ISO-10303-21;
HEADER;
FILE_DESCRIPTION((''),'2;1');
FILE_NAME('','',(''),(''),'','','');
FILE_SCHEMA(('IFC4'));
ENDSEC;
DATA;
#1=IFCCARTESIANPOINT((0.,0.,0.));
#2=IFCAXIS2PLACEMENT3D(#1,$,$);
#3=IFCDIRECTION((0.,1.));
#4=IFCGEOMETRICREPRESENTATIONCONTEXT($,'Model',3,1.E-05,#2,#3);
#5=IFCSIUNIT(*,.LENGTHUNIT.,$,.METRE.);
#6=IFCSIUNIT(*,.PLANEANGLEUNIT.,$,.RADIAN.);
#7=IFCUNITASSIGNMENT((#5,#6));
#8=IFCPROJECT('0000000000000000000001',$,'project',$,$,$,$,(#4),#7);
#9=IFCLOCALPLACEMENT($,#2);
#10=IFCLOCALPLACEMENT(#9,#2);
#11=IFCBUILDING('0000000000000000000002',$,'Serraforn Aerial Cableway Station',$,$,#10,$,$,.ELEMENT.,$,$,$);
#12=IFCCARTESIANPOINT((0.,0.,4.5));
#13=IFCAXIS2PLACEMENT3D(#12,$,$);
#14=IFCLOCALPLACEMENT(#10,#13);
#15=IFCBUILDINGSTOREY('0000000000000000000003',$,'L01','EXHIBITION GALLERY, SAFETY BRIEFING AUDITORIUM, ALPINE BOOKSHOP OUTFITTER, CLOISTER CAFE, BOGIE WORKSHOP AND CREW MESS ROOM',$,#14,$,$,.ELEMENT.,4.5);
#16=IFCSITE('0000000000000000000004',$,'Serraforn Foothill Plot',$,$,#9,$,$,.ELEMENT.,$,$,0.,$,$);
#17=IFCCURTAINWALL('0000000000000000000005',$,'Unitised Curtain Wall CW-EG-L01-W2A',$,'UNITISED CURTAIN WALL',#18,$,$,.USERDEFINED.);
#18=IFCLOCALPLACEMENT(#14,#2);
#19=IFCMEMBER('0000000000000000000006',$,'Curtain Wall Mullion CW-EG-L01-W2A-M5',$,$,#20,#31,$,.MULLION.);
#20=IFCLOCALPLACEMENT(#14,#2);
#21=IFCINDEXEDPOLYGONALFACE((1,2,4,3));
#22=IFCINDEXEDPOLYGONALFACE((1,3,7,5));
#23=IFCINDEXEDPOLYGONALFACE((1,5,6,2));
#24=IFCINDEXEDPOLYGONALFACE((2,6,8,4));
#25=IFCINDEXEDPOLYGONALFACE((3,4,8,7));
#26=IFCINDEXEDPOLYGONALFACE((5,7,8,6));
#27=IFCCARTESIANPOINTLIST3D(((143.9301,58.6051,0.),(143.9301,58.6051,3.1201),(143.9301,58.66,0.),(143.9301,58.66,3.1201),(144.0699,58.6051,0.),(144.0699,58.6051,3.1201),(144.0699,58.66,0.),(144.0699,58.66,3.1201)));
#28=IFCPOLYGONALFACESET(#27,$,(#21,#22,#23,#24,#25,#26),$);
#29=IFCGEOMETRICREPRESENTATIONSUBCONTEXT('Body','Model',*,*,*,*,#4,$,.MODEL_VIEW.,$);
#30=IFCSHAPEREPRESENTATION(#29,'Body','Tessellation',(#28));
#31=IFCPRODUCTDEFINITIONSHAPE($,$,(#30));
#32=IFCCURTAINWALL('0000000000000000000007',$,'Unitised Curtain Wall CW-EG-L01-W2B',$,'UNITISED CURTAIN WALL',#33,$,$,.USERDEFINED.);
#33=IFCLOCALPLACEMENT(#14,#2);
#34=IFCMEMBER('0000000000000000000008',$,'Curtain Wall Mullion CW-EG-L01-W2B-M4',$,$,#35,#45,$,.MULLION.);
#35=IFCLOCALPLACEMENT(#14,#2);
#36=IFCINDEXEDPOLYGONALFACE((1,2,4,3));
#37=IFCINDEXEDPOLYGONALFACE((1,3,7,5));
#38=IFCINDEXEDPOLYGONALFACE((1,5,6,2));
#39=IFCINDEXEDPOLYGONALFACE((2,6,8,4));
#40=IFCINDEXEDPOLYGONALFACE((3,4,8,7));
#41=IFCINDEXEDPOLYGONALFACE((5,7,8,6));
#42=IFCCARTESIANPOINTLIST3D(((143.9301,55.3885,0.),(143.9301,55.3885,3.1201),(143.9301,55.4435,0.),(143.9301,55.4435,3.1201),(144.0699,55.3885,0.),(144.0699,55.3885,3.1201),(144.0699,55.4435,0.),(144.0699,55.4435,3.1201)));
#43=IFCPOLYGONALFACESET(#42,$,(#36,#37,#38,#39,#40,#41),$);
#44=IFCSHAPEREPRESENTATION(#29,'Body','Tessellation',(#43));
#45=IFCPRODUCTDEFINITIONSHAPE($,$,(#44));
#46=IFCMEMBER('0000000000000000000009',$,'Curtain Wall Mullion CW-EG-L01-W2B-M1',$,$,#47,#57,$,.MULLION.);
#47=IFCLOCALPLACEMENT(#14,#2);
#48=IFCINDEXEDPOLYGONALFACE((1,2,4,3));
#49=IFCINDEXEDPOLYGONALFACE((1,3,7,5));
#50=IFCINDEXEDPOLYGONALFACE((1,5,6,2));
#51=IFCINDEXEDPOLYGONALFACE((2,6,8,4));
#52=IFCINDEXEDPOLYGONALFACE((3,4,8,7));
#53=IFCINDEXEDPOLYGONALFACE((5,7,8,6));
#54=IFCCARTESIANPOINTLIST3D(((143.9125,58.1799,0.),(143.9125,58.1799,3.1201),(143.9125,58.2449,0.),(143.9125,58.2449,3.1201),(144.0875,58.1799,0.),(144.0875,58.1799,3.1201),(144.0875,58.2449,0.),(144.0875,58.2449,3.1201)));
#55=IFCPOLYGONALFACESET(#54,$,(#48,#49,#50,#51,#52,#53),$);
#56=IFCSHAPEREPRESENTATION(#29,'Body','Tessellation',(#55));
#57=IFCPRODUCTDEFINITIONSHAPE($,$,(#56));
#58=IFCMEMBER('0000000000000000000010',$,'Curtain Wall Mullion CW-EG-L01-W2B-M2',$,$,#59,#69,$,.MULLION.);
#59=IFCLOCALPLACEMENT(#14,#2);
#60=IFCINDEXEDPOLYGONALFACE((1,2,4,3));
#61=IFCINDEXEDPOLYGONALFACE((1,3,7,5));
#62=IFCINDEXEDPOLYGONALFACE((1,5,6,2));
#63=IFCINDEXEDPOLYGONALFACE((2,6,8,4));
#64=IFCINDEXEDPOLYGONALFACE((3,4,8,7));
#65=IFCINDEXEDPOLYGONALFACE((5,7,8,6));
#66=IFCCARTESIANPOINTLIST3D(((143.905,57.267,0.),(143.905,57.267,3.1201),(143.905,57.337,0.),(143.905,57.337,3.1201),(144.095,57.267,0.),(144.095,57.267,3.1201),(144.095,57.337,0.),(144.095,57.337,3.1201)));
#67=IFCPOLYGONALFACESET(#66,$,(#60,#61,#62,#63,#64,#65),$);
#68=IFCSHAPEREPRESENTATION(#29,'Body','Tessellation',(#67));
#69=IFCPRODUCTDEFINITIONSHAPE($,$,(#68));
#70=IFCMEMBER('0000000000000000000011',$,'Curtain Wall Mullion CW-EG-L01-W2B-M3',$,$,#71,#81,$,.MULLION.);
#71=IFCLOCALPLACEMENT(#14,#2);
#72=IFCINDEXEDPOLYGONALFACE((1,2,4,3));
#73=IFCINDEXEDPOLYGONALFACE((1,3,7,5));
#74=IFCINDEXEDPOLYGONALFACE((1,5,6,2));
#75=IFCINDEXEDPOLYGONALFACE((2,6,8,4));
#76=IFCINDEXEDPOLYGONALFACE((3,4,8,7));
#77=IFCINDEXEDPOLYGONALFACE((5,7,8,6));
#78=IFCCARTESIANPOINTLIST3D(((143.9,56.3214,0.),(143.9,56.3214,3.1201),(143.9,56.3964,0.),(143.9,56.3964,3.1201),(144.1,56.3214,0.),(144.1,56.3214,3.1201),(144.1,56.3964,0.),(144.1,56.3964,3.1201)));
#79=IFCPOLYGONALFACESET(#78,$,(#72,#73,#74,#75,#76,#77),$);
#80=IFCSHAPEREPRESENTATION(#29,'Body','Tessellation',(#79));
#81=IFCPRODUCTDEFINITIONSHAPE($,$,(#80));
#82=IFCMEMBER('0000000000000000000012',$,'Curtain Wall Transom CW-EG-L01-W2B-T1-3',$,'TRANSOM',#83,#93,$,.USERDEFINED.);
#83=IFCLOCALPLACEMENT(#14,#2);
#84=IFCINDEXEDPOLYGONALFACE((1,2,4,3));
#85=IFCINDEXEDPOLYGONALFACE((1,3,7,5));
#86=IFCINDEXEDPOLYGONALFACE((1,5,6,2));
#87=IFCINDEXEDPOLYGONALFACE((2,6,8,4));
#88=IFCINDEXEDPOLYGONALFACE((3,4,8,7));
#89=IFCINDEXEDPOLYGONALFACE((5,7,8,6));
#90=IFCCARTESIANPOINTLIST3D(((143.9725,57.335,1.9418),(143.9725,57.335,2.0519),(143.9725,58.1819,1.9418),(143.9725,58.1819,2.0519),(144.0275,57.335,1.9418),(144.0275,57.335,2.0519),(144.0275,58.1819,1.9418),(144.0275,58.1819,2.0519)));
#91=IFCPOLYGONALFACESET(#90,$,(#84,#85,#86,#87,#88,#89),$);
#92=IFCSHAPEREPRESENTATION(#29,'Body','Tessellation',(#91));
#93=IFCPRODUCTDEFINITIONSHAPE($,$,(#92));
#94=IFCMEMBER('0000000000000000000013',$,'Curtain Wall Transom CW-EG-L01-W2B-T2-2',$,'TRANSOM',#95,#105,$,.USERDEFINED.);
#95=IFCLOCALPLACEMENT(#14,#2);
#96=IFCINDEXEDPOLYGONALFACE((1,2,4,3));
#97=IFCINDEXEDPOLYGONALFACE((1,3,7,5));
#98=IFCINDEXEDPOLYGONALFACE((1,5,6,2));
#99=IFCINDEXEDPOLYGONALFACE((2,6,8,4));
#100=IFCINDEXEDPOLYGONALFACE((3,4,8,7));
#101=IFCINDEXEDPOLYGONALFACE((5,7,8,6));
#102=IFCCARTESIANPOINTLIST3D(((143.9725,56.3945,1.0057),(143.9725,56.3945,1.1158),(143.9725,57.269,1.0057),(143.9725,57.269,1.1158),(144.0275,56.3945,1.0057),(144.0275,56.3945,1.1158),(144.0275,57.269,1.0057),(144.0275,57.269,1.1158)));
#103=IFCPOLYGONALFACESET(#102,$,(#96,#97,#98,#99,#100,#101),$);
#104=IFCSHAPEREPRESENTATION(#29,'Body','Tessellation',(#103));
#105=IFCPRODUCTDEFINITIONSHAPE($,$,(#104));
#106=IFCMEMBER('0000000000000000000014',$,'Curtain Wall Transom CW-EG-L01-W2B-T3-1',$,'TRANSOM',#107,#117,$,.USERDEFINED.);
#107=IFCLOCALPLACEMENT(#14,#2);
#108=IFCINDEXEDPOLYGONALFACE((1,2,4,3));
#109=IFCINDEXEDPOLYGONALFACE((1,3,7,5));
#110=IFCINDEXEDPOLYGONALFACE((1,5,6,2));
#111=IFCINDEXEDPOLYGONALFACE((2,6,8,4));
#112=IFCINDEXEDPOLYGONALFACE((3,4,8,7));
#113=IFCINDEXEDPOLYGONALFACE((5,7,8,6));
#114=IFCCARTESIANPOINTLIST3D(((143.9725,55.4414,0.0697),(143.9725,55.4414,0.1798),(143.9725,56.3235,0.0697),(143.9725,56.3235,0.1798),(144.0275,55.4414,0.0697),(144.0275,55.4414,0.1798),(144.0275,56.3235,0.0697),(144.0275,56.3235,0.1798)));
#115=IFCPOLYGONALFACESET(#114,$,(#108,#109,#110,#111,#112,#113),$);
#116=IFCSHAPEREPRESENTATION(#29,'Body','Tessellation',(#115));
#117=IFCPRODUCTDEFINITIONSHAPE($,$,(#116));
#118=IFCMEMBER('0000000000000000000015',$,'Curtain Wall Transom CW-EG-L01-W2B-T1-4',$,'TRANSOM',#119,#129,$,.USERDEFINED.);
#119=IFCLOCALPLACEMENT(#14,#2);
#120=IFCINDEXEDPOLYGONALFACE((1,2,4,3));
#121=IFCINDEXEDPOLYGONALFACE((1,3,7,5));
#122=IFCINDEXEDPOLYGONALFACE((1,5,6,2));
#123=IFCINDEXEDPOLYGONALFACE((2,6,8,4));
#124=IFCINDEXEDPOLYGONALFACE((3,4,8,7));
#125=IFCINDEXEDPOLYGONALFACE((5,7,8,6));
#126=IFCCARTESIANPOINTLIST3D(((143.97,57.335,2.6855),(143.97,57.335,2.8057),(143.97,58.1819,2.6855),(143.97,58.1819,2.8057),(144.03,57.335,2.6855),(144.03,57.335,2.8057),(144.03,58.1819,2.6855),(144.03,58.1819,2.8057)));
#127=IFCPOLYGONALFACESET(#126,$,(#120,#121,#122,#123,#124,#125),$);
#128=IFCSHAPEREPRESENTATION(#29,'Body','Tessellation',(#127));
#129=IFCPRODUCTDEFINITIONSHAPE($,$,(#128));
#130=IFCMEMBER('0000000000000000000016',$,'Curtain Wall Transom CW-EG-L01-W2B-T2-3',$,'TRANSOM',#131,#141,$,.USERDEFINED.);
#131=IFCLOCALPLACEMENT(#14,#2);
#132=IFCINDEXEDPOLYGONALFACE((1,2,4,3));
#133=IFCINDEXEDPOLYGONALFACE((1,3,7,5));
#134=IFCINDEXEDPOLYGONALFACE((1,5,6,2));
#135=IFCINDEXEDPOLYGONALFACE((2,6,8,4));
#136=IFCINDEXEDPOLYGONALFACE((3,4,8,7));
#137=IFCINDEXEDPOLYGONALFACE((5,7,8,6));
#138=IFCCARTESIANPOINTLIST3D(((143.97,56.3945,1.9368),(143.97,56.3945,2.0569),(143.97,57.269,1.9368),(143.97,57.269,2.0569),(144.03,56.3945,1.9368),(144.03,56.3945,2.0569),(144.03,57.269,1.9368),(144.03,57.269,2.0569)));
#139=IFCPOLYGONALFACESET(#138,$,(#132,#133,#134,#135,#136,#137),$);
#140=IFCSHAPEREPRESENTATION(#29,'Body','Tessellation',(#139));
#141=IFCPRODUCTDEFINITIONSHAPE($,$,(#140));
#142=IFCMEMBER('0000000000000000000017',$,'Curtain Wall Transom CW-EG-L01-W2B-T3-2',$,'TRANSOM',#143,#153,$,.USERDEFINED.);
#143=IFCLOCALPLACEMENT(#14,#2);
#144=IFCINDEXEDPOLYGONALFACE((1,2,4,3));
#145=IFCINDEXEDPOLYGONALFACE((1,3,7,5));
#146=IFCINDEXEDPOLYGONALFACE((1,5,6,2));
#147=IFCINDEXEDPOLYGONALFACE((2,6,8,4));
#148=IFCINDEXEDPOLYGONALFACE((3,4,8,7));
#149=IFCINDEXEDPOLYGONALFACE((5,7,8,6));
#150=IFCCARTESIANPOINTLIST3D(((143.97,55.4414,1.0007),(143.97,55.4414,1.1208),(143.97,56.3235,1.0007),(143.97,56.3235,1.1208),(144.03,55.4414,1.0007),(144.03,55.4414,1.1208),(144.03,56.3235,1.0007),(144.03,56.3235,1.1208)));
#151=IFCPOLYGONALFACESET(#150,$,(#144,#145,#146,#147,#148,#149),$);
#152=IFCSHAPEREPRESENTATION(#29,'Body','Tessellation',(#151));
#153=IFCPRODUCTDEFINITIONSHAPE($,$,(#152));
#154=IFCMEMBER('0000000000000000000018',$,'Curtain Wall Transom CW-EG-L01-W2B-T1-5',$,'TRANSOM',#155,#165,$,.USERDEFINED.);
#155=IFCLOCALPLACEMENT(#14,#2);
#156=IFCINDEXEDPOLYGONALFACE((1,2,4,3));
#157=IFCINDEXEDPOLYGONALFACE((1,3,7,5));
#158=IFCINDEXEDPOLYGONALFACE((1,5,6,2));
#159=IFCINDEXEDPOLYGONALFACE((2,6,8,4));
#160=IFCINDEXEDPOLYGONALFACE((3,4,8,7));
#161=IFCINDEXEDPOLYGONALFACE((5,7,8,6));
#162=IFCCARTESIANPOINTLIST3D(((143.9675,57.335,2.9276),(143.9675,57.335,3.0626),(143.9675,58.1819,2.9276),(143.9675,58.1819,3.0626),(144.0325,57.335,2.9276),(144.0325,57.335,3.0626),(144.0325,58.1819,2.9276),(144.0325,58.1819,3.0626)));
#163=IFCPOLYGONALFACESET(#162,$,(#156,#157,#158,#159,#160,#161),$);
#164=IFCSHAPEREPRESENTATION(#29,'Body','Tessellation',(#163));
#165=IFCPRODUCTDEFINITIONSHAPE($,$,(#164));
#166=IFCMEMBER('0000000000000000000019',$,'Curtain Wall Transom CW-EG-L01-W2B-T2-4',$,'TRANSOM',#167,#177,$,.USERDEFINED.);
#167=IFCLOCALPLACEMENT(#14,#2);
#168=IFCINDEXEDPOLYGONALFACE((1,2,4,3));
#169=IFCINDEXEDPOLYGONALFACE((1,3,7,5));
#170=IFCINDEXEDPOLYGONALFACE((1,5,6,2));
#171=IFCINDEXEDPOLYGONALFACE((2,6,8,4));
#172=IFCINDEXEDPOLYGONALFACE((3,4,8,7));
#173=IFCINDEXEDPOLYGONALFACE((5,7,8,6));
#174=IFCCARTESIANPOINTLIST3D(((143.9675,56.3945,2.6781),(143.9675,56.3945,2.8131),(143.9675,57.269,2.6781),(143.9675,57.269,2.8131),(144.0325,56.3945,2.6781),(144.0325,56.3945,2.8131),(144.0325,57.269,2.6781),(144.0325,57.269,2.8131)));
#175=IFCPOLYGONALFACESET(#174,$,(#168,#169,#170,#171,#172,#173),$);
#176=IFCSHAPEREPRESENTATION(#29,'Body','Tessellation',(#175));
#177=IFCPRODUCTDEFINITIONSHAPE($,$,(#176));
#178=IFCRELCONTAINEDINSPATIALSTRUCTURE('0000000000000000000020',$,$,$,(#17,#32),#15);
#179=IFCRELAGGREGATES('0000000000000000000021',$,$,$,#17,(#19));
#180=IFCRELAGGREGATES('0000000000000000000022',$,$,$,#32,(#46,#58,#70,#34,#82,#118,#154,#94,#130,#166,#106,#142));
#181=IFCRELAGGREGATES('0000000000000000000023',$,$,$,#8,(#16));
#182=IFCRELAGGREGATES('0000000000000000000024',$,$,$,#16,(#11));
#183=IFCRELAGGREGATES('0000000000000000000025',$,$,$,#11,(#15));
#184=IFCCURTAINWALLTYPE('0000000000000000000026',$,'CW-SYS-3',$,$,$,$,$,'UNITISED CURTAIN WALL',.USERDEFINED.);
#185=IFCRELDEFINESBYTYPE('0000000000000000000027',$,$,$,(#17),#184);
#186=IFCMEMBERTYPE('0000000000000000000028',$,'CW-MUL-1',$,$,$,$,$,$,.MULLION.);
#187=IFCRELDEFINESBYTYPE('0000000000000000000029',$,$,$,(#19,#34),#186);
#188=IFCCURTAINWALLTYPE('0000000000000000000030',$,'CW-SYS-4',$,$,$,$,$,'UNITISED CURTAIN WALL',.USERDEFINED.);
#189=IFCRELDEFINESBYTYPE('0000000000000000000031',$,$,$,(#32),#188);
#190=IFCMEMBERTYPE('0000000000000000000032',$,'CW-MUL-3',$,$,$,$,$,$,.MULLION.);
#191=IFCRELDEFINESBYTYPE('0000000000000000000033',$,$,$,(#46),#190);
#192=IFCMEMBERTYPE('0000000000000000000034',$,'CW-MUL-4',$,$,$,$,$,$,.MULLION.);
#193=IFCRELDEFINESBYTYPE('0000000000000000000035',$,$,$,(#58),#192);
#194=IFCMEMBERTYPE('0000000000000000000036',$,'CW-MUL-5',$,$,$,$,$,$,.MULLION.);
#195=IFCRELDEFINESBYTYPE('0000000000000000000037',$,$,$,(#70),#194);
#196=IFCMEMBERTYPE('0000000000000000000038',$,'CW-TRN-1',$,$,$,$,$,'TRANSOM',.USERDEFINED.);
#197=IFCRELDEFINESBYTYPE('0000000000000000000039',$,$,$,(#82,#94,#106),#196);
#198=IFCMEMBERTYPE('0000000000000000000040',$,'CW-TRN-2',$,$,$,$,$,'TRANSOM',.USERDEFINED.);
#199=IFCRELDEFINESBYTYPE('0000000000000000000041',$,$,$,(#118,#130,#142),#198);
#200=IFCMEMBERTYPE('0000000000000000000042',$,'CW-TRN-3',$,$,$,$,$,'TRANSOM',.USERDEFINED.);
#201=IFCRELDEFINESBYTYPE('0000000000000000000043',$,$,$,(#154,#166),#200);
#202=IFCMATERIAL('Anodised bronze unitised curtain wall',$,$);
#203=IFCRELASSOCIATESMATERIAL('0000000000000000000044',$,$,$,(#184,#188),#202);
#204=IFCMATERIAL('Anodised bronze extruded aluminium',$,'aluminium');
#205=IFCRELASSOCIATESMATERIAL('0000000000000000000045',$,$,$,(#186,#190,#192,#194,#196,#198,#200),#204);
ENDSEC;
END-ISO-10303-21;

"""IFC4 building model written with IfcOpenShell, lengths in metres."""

from ifc_helpers import new_model, si_unit, direction, frame, origin, origin_2d, place, context, subcontext, project, spatial, rectangle, extrude, material, material_profile, profile_set, type_object, element, aggregate, save


model = new_model("IFC4")

# Units and contexts
model_context = context("Model", 3, precision=1e-05, world=origin(), true_north=direction((0.0, 1.0)))
body_context = subcontext(model_context, "Body", "Model", "MODEL_VIEW")
ifc_project = project(units=[si_unit("LENGTHUNIT", "METRE"), si_unit("PLANEANGLEUNIT", "RADIAN")], contexts=[model_context])

# Site, building, storey
site_placement = place(None, origin())
site = spatial("IfcSite", under=ifc_project, at=site_placement, Name="Serraforn Foothill Plot", CompositionType="ELEMENT", RefElevation=0.0)
building_placement = place(site_placement, origin())
building = spatial("IfcBuilding", under=site, at=building_placement, Name="Serraforn Aerial Cableway Station", CompositionType="ELEMENT")
storey_placement = place(building_placement, frame((0.0, 0.0, 4.5)))
storey = spatial("IfcBuildingStorey", under=building, at=storey_placement, Name="L01", Description="EXHIBITION GALLERY, SAFETY BRIEFING AUDITORIUM, ALPINE BOOKSHOP OUTFITTER, CLOISTER CAFE, BOGIE WORKSHOP AND CREW MESS ROOM", CompositionType="ELEMENT", Elevation=4.5)

# Curtain wall, member
ifc_material_1 = material(Name="Anodised bronze unitised curtain wall")
curtain_wall_type_1 = type_object("IfcCurtainWallType", Name="CW-SYS-3", ElementType="UNITISED CURTAIN WALL", PredefinedType="USERDEFINED", material=ifc_material_1)
curtain_wall_1_placement = place(storey_placement, origin())
curtain_wall_1 = element("IfcCurtainWall", 1, at=curtain_wall_1_placement, inside=storey, type_object=curtain_wall_type_1, Name="Unitised Curtain Wall CW-EG-L01-W2A", ObjectType="UNITISED CURTAIN WALL", PredefinedType="USERDEFINED")
ifc_material_2 = material(Name="Anodised bronze extruded aluminium", Category="aluminium")
ifc_material_profile_1 = material_profile(ifc_material_2, rectangle(XDim=0.0549, YDim=0.1399, at=origin_2d()), Name="CW MULLION 55x140")
ifc_profile_set_1 = profile_set([ifc_material_profile_1], Name="Anodised bronze extruded aluminium")
member_type_1 = type_object("IfcMemberType", Name="CW-MUL-1", PredefinedType="MULLION", material=ifc_profile_set_1)
member_1_placement = place(storey_placement, frame((144.0, 58.6326, 0.0), z_axis=(0.0, 0.0, 1.0), x_axis=(0.0, -1.0, 0.0)))
member_1 = element("IfcMember", 2, at=member_1_placement, type_object=member_type_1, Name="Curtain Wall Mullion CW-EG-L01-W2A-M5", PredefinedType="MULLION", context=body_context, shape_type="SweptSolid", body=[
    extrude(rectangle(XDim=0.0549, YDim=0.1399, at=origin_2d()), origin(), (0.0, 0.0, 1.0), 3.1201),
])
aggregate(curtain_wall_1, [member_1])

# Curtain wall, members
curtain_wall_type_2 = type_object("IfcCurtainWallType", Name="CW-SYS-4", ElementType="UNITISED CURTAIN WALL", PredefinedType="USERDEFINED", material=ifc_material_1)
curtain_wall_2_placement = place(storey_placement, origin())
curtain_wall_2 = element("IfcCurtainWall", 3, at=curtain_wall_2_placement, inside=storey, type_object=curtain_wall_type_2, Name="Unitised Curtain Wall CW-EG-L01-W2B", ObjectType="UNITISED CURTAIN WALL", PredefinedType="USERDEFINED")
member_2_placement = place(storey_placement, frame((144.0, 55.416, 0.0), z_axis=(0.0, 0.0, 1.0), x_axis=(0.0, -1.0, 0.0)))
member_2 = element("IfcMember", 4, at=member_2_placement, type_object=member_type_1, Name="Curtain Wall Mullion CW-EG-L01-W2B-M4", PredefinedType="MULLION", context=body_context, shape_type="SweptSolid", body=[
    extrude(rectangle(XDim=0.0549, YDim=0.1399, at=origin_2d()), origin(), (0.0, 0.0, 1.0), 3.1201),
])
ifc_material_profile_2 = material_profile(ifc_material_2, rectangle(XDim=0.0649, YDim=0.175, at=origin_2d()), Name="CW MULLION 65x175")
ifc_profile_set_2 = profile_set([ifc_material_profile_2], Name="Anodised bronze extruded aluminium")
member_type_2 = type_object("IfcMemberType", Name="CW-MUL-3", PredefinedType="MULLION", material=ifc_profile_set_2)
member_3_placement = place(storey_placement, frame((144.0, 58.2124, 0.0), z_axis=(0.0, 0.0, 1.0), x_axis=(0.0, -1.0, 0.0)))
member_3 = element("IfcMember", 5, at=member_3_placement, type_object=member_type_2, Name="Curtain Wall Mullion CW-EG-L01-W2B-M1", PredefinedType="MULLION", context=body_context, shape_type="SweptSolid", body=[
    extrude(rectangle(XDim=0.0649, YDim=0.175, at=origin_2d()), origin(), (0.0, 0.0, 1.0), 3.1201),
])
ifc_material_profile_3 = material_profile(ifc_material_2, rectangle(XDim=0.0701, YDim=0.1899, at=origin_2d()), Name="CW MULLION 70x190")
ifc_profile_set_3 = profile_set([ifc_material_profile_3], Name="Anodised bronze extruded aluminium")
member_type_3 = type_object("IfcMemberType", Name="CW-MUL-4", PredefinedType="MULLION", material=ifc_profile_set_3)
member_4_placement = place(storey_placement, frame((144.0, 57.302, 0.0), z_axis=(0.0, 0.0, 1.0), x_axis=(0.0, -1.0, 0.0)))
member_4 = element("IfcMember", 6, at=member_4_placement, type_object=member_type_3, Name="Curtain Wall Mullion CW-EG-L01-W2B-M2", PredefinedType="MULLION", context=body_context, shape_type="SweptSolid", body=[
    extrude(rectangle(XDim=0.0701, YDim=0.1899, at=origin_2d()), origin(), (0.0, 0.0, 1.0), 3.1201),
])
ifc_material_profile_4 = material_profile(ifc_material_2, rectangle(XDim=0.075, YDim=0.2, at=origin_2d()), Name="CW MULLION 75x200")
ifc_profile_set_4 = profile_set([ifc_material_profile_4], Name="Anodised bronze extruded aluminium")
member_type_4 = type_object("IfcMemberType", Name="CW-MUL-5", PredefinedType="MULLION", material=ifc_profile_set_4)
member_5_placement = place(storey_placement, frame((144.0, 56.3589, 0.0), z_axis=(0.0, 0.0, 1.0), x_axis=(0.0, -1.0, 0.0)))
member_5 = element("IfcMember", 7, at=member_5_placement, type_object=member_type_4, Name="Curtain Wall Mullion CW-EG-L01-W2B-M3", PredefinedType="MULLION", context=body_context, shape_type="SweptSolid", body=[
    extrude(rectangle(XDim=0.075, YDim=0.2, at=origin_2d()), origin(), (0.0, 0.0, 1.0), 3.1201),
])
ifc_material_profile_5 = material_profile(ifc_material_2, rectangle(XDim=0.0549, YDim=0.1101, at=origin_2d()), Name="CW TRANSOM 55x110")
ifc_profile_set_5 = profile_set([ifc_material_profile_5], Name="Anodised bronze extruded aluminium")
member_type_5 = type_object("IfcMemberType", Name="CW-TRN-1", ElementType="TRANSOM", PredefinedType="USERDEFINED", material=ifc_profile_set_5)
member_6_placement = place(storey_placement, frame((144.0, 58.1819, 1.9968), z_axis=(0.0, -1.0, 0.0), x_axis=(1.0, 0.0, 0.0)))
member_6 = element("IfcMember", 8, at=member_6_placement, type_object=member_type_5, Name="Curtain Wall Transom CW-EG-L01-W2B-T1-3", ObjectType="TRANSOM", PredefinedType="USERDEFINED", context=body_context, shape_type="SweptSolid", body=[
    extrude(rectangle(XDim=0.0549, YDim=0.1101, at=origin_2d()), origin(), (0.0, 0.0, 1.0), 0.8469),
])
member_7_placement = place(storey_placement, frame((144.0, 57.269, 1.0608), z_axis=(0.0, -1.0, 0.0), x_axis=(1.0, 0.0, 0.0)))
member_7 = element("IfcMember", 9, at=member_7_placement, type_object=member_type_5, Name="Curtain Wall Transom CW-EG-L01-W2B-T2-2", ObjectType="TRANSOM", PredefinedType="USERDEFINED", context=body_context, shape_type="SweptSolid", body=[
    extrude(rectangle(XDim=0.0549, YDim=0.1101, at=origin_2d()), origin(), (0.0, 0.0, 1.0), 0.8745),
])
member_8_placement = place(storey_placement, frame((144.0, 56.3235, 0.1248), z_axis=(0.0, -1.0, 0.0), x_axis=(1.0, 0.0, 0.0)))
member_8 = element("IfcMember", 10, at=member_8_placement, type_object=member_type_5, Name="Curtain Wall Transom CW-EG-L01-W2B-T3-1", ObjectType="TRANSOM", PredefinedType="USERDEFINED", context=body_context, shape_type="SweptSolid", body=[
    extrude(rectangle(XDim=0.0549, YDim=0.1101, at=origin_2d()), origin(), (0.0, 0.0, 1.0), 0.8821),
])
ifc_material_profile_6 = material_profile(ifc_material_2, rectangle(XDim=0.0601, YDim=0.1201, at=origin_2d()), Name="CW TRANSOM 60x120")
ifc_profile_set_6 = profile_set([ifc_material_profile_6], Name="Anodised bronze extruded aluminium")
member_type_6 = type_object("IfcMemberType", Name="CW-TRN-2", ElementType="TRANSOM", PredefinedType="USERDEFINED", material=ifc_profile_set_6)
member_9_placement = place(storey_placement, frame((144.0, 58.1819, 2.7456), z_axis=(0.0, -1.0, 0.0), x_axis=(1.0, 0.0, 0.0)))
member_9 = element("IfcMember", 11, at=member_9_placement, type_object=member_type_6, Name="Curtain Wall Transom CW-EG-L01-W2B-T1-4", ObjectType="TRANSOM", PredefinedType="USERDEFINED", context=body_context, shape_type="SweptSolid", body=[
    extrude(rectangle(XDim=0.0601, YDim=0.1201, at=origin_2d()), origin(), (0.0, 0.0, 1.0), 0.8469),
])
member_10_placement = place(storey_placement, frame((144.0, 57.269, 1.9968), z_axis=(0.0, -1.0, 0.0), x_axis=(1.0, 0.0, 0.0)))
member_10 = element("IfcMember", 12, at=member_10_placement, type_object=member_type_6, Name="Curtain Wall Transom CW-EG-L01-W2B-T2-3", ObjectType="TRANSOM", PredefinedType="USERDEFINED", context=body_context, shape_type="SweptSolid", body=[
    extrude(rectangle(XDim=0.0601, YDim=0.1201, at=origin_2d()), origin(), (0.0, 0.0, 1.0), 0.8745),
])
member_11_placement = place(storey_placement, frame((144.0, 56.3235, 1.0608), z_axis=(0.0, -1.0, 0.0), x_axis=(1.0, 0.0, 0.0)))
member_11 = element("IfcMember", 13, at=member_11_placement, type_object=member_type_6, Name="Curtain Wall Transom CW-EG-L01-W2B-T3-2", ObjectType="TRANSOM", PredefinedType="USERDEFINED", context=body_context, shape_type="SweptSolid", body=[
    extrude(rectangle(XDim=0.0601, YDim=0.1201, at=origin_2d()), origin(), (0.0, 0.0, 1.0), 0.8821),
])
ifc_material_profile_7 = material_profile(ifc_material_2, rectangle(XDim=0.0649, YDim=0.135, at=origin_2d()), Name="CW TRANSOM 65x135")
ifc_profile_set_7 = profile_set([ifc_material_profile_7], Name="Anodised bronze extruded aluminium")
member_type_7 = type_object("IfcMemberType", Name="CW-TRN-3", ElementType="TRANSOM", PredefinedType="USERDEFINED", material=ifc_profile_set_7)
member_12_placement = place(storey_placement, frame((144.0, 58.1819, 2.9951), z_axis=(0.0, -1.0, 0.0), x_axis=(1.0, 0.0, 0.0)))
member_12 = element("IfcMember", 14, at=member_12_placement, type_object=member_type_7, Name="Curtain Wall Transom CW-EG-L01-W2B-T1-5", ObjectType="TRANSOM", PredefinedType="USERDEFINED", context=body_context, shape_type="SweptSolid", body=[
    extrude(rectangle(XDim=0.0649, YDim=0.135, at=origin_2d()), origin(), (0.0, 0.0, 1.0), 0.8469),
])
member_13_placement = place(storey_placement, frame((144.0, 57.269, 2.7456), z_axis=(0.0, -1.0, 0.0), x_axis=(1.0, 0.0, 0.0)))
member_13 = element("IfcMember", 15, at=member_13_placement, type_object=member_type_7, Name="Curtain Wall Transom CW-EG-L01-W2B-T2-4", ObjectType="TRANSOM", PredefinedType="USERDEFINED", context=body_context, shape_type="SweptSolid", body=[
    extrude(rectangle(XDim=0.0649, YDim=0.135, at=origin_2d()), origin(), (0.0, 0.0, 1.0), 0.8745),
])
aggregate(curtain_wall_2, [member_3, member_4, member_5, member_2, member_6, member_9, member_12, member_7, member_10, member_13, member_8, member_11])

save(model, "model.ifc")
